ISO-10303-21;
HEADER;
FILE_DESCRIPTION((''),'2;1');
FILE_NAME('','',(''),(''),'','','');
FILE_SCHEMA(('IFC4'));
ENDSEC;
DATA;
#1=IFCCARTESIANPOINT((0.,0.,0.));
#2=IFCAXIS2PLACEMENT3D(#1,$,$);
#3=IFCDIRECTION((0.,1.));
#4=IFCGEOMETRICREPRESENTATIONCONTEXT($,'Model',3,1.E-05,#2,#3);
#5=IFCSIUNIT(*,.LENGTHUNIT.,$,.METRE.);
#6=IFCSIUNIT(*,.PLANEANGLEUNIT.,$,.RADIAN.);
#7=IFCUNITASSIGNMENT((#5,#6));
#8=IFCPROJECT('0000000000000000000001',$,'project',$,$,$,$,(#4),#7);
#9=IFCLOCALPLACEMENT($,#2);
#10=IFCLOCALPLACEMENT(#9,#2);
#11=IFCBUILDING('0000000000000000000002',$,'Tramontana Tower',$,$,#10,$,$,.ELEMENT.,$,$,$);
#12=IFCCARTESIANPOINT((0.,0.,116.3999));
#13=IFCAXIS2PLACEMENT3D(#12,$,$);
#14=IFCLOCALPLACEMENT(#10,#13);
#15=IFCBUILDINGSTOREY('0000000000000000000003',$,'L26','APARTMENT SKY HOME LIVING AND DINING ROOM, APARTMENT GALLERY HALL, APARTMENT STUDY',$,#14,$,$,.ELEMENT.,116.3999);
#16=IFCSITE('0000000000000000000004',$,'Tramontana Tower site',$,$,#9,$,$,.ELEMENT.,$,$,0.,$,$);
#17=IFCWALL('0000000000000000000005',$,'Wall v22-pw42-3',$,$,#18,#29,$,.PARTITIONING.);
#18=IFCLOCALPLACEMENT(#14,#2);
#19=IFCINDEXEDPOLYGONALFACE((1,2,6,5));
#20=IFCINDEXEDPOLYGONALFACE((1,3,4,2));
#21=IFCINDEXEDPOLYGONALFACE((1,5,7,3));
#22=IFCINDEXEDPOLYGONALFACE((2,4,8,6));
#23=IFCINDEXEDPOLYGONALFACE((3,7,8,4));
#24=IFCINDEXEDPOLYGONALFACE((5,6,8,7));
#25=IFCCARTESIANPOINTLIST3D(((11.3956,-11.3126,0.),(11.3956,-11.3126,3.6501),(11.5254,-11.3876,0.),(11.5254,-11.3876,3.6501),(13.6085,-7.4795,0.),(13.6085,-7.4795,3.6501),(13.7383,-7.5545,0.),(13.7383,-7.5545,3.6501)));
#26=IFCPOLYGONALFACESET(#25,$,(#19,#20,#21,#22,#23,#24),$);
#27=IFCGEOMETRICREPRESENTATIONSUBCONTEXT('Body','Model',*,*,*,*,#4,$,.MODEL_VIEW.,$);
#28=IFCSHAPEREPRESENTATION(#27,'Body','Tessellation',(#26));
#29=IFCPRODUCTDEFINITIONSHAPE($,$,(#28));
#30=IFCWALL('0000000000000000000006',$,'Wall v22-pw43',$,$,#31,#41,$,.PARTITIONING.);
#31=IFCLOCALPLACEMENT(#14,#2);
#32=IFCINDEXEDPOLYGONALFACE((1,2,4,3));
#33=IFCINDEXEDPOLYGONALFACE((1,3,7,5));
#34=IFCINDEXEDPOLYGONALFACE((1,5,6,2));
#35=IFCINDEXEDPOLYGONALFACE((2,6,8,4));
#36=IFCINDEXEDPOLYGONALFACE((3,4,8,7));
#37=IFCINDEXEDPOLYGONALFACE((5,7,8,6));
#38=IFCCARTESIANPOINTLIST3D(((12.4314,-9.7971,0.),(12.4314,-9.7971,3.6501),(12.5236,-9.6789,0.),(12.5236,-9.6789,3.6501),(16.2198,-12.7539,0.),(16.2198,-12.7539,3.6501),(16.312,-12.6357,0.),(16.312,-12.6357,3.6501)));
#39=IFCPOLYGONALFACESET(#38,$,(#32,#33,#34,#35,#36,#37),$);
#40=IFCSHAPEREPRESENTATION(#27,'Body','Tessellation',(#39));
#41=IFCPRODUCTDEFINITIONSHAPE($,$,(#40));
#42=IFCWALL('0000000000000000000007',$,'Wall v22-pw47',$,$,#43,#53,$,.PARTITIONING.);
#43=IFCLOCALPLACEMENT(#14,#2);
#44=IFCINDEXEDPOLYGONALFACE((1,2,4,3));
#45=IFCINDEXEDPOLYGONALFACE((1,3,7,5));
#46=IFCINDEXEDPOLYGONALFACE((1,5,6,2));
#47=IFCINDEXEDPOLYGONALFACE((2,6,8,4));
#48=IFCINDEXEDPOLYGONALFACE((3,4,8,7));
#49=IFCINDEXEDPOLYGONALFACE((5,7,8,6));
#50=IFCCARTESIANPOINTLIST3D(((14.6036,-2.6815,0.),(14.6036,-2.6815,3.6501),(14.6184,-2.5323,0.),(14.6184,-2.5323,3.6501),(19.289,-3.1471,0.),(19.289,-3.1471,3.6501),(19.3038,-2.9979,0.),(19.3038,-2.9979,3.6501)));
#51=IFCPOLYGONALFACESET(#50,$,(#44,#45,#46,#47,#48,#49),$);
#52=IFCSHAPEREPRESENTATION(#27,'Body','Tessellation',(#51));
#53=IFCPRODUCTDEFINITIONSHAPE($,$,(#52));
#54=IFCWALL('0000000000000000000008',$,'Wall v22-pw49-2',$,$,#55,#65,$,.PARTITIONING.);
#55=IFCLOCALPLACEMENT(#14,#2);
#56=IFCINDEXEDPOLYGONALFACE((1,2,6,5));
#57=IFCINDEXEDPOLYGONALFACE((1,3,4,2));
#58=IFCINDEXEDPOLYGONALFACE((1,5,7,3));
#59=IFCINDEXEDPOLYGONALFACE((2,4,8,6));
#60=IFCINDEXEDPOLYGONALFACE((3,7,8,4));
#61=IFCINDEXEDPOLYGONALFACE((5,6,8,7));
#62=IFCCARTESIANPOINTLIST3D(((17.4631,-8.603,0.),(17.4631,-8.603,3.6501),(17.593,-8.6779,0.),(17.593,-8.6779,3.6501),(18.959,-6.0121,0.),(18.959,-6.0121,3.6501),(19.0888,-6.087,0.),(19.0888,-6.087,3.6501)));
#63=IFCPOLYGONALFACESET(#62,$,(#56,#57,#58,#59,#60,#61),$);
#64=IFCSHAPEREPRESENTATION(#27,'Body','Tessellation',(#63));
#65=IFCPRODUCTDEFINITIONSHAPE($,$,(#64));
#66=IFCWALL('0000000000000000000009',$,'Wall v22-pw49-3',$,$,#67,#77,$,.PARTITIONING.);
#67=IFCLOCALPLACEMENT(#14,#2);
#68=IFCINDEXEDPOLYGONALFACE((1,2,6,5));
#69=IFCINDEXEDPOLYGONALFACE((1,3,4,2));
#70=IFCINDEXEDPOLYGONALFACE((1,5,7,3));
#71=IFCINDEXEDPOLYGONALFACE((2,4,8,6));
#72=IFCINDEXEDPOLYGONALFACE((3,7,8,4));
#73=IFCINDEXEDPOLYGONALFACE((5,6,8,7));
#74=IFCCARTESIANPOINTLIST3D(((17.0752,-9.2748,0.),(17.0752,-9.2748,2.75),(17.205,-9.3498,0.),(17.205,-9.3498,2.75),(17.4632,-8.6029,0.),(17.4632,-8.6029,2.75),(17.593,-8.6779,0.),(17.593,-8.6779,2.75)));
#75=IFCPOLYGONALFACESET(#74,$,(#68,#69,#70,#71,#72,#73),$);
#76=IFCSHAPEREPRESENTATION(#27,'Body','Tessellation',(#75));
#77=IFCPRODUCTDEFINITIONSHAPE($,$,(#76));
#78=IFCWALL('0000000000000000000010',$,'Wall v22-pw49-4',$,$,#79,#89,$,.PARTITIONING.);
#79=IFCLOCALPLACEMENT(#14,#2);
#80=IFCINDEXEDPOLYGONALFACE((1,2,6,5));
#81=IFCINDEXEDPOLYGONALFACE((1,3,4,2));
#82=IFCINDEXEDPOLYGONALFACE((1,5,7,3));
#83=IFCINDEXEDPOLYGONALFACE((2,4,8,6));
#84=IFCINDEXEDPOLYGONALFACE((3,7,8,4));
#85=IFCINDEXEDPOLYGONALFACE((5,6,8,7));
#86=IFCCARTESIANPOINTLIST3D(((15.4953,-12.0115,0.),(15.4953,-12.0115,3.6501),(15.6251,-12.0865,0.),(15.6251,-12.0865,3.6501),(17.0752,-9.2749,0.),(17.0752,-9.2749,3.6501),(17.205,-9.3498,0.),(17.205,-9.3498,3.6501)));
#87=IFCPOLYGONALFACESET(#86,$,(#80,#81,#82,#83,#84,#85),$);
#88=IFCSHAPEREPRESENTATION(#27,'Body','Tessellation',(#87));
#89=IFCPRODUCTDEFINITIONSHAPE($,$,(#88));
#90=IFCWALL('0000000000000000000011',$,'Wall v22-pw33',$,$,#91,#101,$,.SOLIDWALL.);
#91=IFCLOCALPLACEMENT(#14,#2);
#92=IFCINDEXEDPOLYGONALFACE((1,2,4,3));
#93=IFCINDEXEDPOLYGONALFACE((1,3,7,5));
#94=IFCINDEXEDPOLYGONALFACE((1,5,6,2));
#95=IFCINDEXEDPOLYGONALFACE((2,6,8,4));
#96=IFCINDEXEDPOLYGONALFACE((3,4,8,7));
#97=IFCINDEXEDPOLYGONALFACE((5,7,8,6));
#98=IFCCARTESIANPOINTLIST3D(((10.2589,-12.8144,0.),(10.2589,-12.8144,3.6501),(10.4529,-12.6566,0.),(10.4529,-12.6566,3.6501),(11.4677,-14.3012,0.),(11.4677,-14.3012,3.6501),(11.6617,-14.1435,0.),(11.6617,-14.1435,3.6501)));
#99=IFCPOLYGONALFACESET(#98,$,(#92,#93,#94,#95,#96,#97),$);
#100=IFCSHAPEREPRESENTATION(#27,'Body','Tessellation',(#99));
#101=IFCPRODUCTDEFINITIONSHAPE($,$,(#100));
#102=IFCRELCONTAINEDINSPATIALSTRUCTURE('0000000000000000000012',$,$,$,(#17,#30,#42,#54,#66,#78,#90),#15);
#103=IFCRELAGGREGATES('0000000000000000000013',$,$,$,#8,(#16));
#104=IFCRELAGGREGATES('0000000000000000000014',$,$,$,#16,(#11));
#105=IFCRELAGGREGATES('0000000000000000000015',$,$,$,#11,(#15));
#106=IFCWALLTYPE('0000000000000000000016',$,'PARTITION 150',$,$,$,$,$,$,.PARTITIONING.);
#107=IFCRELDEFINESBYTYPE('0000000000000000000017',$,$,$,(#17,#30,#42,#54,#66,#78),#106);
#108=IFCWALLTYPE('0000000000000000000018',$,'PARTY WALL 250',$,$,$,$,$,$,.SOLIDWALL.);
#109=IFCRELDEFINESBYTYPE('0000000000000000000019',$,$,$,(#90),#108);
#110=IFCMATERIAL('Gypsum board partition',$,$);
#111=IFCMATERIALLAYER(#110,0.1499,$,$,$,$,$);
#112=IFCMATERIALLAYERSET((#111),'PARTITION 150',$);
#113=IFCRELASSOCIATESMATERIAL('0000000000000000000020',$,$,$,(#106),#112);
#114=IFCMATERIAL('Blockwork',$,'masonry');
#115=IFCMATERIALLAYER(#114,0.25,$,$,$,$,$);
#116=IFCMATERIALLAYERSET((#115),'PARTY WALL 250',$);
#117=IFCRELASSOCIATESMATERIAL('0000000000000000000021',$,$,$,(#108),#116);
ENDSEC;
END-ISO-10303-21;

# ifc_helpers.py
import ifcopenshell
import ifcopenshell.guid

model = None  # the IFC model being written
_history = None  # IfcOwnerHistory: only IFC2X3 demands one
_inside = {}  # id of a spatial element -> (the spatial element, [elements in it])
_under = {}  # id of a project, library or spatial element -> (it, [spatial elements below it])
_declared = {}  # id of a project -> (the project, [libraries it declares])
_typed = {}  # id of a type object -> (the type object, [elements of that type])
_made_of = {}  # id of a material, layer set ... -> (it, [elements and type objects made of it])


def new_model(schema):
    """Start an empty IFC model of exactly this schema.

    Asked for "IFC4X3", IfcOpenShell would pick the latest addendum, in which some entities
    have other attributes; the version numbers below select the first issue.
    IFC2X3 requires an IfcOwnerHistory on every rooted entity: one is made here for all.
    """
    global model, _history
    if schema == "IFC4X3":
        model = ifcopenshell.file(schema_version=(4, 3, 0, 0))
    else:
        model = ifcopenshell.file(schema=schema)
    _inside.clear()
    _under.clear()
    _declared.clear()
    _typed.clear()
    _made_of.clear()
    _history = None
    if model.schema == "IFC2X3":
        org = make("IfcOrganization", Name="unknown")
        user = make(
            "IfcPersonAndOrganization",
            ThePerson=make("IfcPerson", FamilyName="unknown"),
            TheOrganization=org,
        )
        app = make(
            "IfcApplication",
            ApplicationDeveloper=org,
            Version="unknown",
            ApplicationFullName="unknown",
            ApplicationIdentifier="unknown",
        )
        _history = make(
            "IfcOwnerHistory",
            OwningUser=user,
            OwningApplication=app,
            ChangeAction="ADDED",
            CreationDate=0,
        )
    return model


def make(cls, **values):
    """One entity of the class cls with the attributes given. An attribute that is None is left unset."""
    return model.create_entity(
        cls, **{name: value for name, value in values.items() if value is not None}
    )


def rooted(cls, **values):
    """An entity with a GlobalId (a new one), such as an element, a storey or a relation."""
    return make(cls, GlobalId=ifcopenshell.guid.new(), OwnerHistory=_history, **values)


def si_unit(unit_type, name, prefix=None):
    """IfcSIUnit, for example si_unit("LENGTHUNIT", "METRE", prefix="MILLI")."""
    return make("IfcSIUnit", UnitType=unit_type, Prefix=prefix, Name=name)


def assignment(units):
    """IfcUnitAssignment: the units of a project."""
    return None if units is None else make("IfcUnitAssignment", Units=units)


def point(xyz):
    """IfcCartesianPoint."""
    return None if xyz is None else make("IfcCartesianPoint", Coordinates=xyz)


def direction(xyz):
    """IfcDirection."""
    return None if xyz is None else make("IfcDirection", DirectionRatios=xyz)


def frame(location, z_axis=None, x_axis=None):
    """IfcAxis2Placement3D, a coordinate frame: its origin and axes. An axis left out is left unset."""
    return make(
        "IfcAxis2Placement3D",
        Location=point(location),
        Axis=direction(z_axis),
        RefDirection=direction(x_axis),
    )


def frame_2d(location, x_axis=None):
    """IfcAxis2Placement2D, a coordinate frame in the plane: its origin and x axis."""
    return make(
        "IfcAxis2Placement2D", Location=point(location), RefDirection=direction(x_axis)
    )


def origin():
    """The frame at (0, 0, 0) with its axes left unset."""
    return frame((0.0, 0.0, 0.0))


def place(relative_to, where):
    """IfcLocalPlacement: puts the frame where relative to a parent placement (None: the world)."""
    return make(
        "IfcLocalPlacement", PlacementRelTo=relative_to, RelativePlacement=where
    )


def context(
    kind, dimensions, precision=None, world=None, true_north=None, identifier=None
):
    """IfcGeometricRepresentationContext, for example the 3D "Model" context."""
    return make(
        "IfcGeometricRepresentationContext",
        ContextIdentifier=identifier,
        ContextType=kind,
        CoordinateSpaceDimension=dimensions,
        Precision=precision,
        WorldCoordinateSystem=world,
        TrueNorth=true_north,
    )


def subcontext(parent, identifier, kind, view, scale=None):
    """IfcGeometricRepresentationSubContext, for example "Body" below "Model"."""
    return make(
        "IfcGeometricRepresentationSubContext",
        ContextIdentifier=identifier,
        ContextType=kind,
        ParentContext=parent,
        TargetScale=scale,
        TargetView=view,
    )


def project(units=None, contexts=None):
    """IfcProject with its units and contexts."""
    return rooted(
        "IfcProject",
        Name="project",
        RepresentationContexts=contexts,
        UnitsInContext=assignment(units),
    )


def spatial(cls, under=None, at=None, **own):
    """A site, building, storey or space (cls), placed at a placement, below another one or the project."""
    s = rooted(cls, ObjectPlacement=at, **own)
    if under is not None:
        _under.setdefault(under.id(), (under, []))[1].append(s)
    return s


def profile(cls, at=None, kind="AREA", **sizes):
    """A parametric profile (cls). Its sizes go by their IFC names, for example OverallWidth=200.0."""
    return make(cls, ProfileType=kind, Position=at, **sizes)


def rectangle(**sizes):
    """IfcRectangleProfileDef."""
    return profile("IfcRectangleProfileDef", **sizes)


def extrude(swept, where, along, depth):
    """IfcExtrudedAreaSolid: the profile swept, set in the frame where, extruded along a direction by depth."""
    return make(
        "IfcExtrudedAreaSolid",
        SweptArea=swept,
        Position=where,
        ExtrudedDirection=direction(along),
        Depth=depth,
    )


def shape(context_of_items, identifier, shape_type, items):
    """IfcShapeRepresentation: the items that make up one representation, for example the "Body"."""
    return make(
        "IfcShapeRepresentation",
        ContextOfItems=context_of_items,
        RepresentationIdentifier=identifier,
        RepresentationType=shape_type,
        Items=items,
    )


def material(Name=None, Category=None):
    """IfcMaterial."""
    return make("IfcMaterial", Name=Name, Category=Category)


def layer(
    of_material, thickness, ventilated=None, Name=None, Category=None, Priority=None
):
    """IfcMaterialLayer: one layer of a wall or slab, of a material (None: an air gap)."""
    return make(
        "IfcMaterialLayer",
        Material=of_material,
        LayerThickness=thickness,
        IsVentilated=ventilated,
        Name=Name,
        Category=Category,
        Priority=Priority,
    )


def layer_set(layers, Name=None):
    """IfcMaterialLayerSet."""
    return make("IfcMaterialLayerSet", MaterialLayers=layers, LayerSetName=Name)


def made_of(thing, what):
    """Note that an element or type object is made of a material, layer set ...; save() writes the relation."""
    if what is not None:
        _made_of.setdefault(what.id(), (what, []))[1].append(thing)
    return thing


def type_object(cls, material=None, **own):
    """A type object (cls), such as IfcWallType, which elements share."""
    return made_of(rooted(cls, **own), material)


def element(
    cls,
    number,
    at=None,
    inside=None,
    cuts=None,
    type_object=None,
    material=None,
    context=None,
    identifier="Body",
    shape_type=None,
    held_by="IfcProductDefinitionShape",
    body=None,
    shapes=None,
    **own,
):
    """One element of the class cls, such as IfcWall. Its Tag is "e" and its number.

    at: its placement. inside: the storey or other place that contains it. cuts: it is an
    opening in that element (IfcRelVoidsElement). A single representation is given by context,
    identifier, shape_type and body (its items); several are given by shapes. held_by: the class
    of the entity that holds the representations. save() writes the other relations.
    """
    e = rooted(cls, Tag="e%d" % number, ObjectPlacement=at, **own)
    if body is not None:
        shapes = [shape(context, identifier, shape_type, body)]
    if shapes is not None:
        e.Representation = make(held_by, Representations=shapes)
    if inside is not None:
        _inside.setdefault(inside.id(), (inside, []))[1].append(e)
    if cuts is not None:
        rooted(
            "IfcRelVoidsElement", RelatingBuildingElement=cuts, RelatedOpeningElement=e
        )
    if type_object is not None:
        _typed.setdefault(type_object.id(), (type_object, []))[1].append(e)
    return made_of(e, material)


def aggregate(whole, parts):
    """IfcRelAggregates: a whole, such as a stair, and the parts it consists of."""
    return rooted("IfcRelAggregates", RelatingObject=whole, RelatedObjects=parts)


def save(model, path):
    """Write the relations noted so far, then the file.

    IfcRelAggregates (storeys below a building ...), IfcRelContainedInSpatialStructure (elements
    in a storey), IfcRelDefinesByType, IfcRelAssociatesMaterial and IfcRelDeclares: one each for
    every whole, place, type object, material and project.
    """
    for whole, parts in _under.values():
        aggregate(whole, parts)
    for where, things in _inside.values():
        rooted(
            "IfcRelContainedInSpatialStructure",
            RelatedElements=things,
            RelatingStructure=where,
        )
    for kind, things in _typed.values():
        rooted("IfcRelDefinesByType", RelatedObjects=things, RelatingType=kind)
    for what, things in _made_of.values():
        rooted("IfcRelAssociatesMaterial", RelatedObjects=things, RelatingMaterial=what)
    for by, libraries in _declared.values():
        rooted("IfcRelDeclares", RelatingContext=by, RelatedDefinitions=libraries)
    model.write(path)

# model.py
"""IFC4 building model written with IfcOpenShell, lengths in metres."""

from ifc_helpers import new_model, si_unit, direction, frame, frame_2d, origin, place, context, subcontext, project, spatial, rectangle, extrude, material, layer, layer_set, type_object, element, save


model = new_model("IFC4")

# Units and contexts
model_context = context("Model", 3, precision=1e-05, world=origin(), true_north=direction((0.0, 1.0)))
body_context = subcontext(model_context, "Body", "Model", "MODEL_VIEW")
ifc_project = project(units=[si_unit("LENGTHUNIT", "METRE"), si_unit("PLANEANGLEUNIT", "RADIAN")], contexts=[model_context])

# Site, building, storey
site_placement = place(None, origin())
site = spatial("IfcSite", under=ifc_project, at=site_placement, Name="Tramontana Tower site", CompositionType="ELEMENT", RefElevation=0.0)
building_placement = place(site_placement, origin())
building = spatial("IfcBuilding", under=site, at=building_placement, Name="Tramontana Tower", CompositionType="ELEMENT")
storey_placement = place(building_placement, frame((0.0, 0.0, 116.3999)))
storey = spatial("IfcBuildingStorey", under=building, at=storey_placement, Name="L26", Description="APARTMENT SKY HOME LIVING AND DINING ROOM, APARTMENT GALLERY HALL, APARTMENT STUDY", CompositionType="ELEMENT", Elevation=116.3999)

# Shared definitions
ifc_material_1 = material(Name="Gypsum board partition")
ifc_layer_1 = layer(ifc_material_1, 0.1499)
ifc_layer_set_1 = layer_set([ifc_layer_1], Name="PARTITION 150")
wall_type_1 = type_object("IfcWallType", Name="PARTITION 150", PredefinedType="PARTITIONING", material=ifc_layer_set_1)

# Walls
wall_1_placement = place(storey_placement, frame((13.6733, -7.5171, 0.0), z_axis=(0.0, 0.0, 1.0), x_axis=(-0.499983, -0.866035, 0.0)))
element("IfcWall", 1, at=wall_1_placement, inside=storey, type_object=wall_type_1, Name="Wall v22-pw42-3", PredefinedType="PARTITIONING", context=body_context, shape_type="SweptSolid", body=[
    extrude(rectangle(XDim=4.426, YDim=0.1499, at=frame_2d((2.2129, 0.0))), origin(), (0.0, 0.0, 1.0), 3.6501),
])
wall_2_placement = place(storey_placement, frame((16.2659, -12.6948, 0.0), z_axis=(0.0, 0.0, 1.0), x_axis=(-0.788312, 0.615276, 0.0)))
element("IfcWall", 2, at=wall_2_placement, inside=storey, type_object=wall_type_1, Name="Wall v22-pw43", PredefinedType="PARTITIONING", context=body_context, shape_type="SweptSolid", body=[
    extrude(rectangle(XDim=4.8057, YDim=0.1499, at=frame_2d((2.4028, 0.0))), origin(), (0.0, 0.0, 1.0), 3.6501),
])
wall_3_placement = place(storey_placement, frame((19.2964, -3.0725, 0.0), z_axis=(0.0, 0.0, 1.0), x_axis=(-0.995099, 0.098882, 0.0)))
element("IfcWall", 3, at=wall_3_placement, inside=storey, type_object=wall_type_1, Name="Wall v22-pw47", PredefinedType="PARTITIONING", context=body_context, shape_type="SweptSolid", body=[
    extrude(rectangle(XDim=4.7085, YDim=0.1499, at=frame_2d((2.3542, 0.0))), origin(), (0.0, 0.0, 1.0), 3.6501),
])
wall_4_placement = place(storey_placement, frame((19.0239, -6.0496, 0.0), z_axis=(0.0, 0.0, 1.0), x_axis=(-0.50001, -0.86602, 0.0)))
element("IfcWall", 4, at=wall_4_placement, inside=storey, type_object=wall_type_1, Name="Wall v22-pw49-2", PredefinedType="PARTITIONING", context=body_context, shape_type="SweptSolid", body=[
    extrude(rectangle(XDim=2.9917, YDim=0.1499, at=frame_2d((1.4958, 0.0))), origin(), (0.0, 0.0, 1.0), 3.6501),
])
wall_5_placement = place(storey_placement, frame((17.5281, -8.6404, 0.0), z_axis=(0.0, 0.0, 1.0), x_axis=(-0.500031, -0.866007, 0.0)))
element("IfcWall", 5, at=wall_5_placement, inside=storey, type_object=wall_type_1, Name="Wall v22-pw49-3", PredefinedType="PARTITIONING", context=body_context, shape_type="SweptSolid", body=[
    extrude(rectangle(XDim=0.7759, YDim=0.1499, at=frame_2d((0.3879, 0.0))), origin(), (0.0, 0.0, 1.0), 2.75),
])
wall_6_placement = place(storey_placement, frame((17.1401, -9.3123, 0.0), z_axis=(0.0, 0.0, 1.0), x_axis=(-0.49997, -0.866043, 0.0)))
element("IfcWall", 6, at=wall_6_placement, inside=storey, type_object=wall_type_1, Name="Wall v22-pw49-4", PredefinedType="PARTITIONING", context=body_context, shape_type="SweptSolid", body=[
    extrude(rectangle(XDim=3.1599, YDim=0.1499, at=frame_2d((1.5801, 0.0))), origin(), (0.0, 0.0, 1.0), 3.6501),
])
ifc_material_2 = material(Name="Blockwork", Category="masonry")
ifc_layer_2 = layer(ifc_material_2, 0.25)
ifc_layer_set_2 = layer_set([ifc_layer_2], Name="PARTY WALL 250")
wall_type_2 = type_object("IfcWallType", Name="PARTY WALL 250", PredefinedType="SOLIDWALL", material=ifc_layer_set_2)
wall_7_placement = place(storey_placement, frame((10.356, -12.7356, 0.0), z_axis=(0.0, 0.0, 1.0), x_axis=(0.630813, -0.775935, 0.0)))
element("IfcWall", 7, at=wall_7_placement, inside=storey, type_object=wall_type_2, Name="Wall v22-pw33", PredefinedType="SOLIDWALL", context=body_context, shape_type="SweptSolid", body=[
    extrude(rectangle(XDim=1.9163, YDim=0.25, at=frame_2d((0.958, 0.0))), origin(), (0.0, 0.0, 1.0), 3.6501),
])

save(model, "model.ifc")
